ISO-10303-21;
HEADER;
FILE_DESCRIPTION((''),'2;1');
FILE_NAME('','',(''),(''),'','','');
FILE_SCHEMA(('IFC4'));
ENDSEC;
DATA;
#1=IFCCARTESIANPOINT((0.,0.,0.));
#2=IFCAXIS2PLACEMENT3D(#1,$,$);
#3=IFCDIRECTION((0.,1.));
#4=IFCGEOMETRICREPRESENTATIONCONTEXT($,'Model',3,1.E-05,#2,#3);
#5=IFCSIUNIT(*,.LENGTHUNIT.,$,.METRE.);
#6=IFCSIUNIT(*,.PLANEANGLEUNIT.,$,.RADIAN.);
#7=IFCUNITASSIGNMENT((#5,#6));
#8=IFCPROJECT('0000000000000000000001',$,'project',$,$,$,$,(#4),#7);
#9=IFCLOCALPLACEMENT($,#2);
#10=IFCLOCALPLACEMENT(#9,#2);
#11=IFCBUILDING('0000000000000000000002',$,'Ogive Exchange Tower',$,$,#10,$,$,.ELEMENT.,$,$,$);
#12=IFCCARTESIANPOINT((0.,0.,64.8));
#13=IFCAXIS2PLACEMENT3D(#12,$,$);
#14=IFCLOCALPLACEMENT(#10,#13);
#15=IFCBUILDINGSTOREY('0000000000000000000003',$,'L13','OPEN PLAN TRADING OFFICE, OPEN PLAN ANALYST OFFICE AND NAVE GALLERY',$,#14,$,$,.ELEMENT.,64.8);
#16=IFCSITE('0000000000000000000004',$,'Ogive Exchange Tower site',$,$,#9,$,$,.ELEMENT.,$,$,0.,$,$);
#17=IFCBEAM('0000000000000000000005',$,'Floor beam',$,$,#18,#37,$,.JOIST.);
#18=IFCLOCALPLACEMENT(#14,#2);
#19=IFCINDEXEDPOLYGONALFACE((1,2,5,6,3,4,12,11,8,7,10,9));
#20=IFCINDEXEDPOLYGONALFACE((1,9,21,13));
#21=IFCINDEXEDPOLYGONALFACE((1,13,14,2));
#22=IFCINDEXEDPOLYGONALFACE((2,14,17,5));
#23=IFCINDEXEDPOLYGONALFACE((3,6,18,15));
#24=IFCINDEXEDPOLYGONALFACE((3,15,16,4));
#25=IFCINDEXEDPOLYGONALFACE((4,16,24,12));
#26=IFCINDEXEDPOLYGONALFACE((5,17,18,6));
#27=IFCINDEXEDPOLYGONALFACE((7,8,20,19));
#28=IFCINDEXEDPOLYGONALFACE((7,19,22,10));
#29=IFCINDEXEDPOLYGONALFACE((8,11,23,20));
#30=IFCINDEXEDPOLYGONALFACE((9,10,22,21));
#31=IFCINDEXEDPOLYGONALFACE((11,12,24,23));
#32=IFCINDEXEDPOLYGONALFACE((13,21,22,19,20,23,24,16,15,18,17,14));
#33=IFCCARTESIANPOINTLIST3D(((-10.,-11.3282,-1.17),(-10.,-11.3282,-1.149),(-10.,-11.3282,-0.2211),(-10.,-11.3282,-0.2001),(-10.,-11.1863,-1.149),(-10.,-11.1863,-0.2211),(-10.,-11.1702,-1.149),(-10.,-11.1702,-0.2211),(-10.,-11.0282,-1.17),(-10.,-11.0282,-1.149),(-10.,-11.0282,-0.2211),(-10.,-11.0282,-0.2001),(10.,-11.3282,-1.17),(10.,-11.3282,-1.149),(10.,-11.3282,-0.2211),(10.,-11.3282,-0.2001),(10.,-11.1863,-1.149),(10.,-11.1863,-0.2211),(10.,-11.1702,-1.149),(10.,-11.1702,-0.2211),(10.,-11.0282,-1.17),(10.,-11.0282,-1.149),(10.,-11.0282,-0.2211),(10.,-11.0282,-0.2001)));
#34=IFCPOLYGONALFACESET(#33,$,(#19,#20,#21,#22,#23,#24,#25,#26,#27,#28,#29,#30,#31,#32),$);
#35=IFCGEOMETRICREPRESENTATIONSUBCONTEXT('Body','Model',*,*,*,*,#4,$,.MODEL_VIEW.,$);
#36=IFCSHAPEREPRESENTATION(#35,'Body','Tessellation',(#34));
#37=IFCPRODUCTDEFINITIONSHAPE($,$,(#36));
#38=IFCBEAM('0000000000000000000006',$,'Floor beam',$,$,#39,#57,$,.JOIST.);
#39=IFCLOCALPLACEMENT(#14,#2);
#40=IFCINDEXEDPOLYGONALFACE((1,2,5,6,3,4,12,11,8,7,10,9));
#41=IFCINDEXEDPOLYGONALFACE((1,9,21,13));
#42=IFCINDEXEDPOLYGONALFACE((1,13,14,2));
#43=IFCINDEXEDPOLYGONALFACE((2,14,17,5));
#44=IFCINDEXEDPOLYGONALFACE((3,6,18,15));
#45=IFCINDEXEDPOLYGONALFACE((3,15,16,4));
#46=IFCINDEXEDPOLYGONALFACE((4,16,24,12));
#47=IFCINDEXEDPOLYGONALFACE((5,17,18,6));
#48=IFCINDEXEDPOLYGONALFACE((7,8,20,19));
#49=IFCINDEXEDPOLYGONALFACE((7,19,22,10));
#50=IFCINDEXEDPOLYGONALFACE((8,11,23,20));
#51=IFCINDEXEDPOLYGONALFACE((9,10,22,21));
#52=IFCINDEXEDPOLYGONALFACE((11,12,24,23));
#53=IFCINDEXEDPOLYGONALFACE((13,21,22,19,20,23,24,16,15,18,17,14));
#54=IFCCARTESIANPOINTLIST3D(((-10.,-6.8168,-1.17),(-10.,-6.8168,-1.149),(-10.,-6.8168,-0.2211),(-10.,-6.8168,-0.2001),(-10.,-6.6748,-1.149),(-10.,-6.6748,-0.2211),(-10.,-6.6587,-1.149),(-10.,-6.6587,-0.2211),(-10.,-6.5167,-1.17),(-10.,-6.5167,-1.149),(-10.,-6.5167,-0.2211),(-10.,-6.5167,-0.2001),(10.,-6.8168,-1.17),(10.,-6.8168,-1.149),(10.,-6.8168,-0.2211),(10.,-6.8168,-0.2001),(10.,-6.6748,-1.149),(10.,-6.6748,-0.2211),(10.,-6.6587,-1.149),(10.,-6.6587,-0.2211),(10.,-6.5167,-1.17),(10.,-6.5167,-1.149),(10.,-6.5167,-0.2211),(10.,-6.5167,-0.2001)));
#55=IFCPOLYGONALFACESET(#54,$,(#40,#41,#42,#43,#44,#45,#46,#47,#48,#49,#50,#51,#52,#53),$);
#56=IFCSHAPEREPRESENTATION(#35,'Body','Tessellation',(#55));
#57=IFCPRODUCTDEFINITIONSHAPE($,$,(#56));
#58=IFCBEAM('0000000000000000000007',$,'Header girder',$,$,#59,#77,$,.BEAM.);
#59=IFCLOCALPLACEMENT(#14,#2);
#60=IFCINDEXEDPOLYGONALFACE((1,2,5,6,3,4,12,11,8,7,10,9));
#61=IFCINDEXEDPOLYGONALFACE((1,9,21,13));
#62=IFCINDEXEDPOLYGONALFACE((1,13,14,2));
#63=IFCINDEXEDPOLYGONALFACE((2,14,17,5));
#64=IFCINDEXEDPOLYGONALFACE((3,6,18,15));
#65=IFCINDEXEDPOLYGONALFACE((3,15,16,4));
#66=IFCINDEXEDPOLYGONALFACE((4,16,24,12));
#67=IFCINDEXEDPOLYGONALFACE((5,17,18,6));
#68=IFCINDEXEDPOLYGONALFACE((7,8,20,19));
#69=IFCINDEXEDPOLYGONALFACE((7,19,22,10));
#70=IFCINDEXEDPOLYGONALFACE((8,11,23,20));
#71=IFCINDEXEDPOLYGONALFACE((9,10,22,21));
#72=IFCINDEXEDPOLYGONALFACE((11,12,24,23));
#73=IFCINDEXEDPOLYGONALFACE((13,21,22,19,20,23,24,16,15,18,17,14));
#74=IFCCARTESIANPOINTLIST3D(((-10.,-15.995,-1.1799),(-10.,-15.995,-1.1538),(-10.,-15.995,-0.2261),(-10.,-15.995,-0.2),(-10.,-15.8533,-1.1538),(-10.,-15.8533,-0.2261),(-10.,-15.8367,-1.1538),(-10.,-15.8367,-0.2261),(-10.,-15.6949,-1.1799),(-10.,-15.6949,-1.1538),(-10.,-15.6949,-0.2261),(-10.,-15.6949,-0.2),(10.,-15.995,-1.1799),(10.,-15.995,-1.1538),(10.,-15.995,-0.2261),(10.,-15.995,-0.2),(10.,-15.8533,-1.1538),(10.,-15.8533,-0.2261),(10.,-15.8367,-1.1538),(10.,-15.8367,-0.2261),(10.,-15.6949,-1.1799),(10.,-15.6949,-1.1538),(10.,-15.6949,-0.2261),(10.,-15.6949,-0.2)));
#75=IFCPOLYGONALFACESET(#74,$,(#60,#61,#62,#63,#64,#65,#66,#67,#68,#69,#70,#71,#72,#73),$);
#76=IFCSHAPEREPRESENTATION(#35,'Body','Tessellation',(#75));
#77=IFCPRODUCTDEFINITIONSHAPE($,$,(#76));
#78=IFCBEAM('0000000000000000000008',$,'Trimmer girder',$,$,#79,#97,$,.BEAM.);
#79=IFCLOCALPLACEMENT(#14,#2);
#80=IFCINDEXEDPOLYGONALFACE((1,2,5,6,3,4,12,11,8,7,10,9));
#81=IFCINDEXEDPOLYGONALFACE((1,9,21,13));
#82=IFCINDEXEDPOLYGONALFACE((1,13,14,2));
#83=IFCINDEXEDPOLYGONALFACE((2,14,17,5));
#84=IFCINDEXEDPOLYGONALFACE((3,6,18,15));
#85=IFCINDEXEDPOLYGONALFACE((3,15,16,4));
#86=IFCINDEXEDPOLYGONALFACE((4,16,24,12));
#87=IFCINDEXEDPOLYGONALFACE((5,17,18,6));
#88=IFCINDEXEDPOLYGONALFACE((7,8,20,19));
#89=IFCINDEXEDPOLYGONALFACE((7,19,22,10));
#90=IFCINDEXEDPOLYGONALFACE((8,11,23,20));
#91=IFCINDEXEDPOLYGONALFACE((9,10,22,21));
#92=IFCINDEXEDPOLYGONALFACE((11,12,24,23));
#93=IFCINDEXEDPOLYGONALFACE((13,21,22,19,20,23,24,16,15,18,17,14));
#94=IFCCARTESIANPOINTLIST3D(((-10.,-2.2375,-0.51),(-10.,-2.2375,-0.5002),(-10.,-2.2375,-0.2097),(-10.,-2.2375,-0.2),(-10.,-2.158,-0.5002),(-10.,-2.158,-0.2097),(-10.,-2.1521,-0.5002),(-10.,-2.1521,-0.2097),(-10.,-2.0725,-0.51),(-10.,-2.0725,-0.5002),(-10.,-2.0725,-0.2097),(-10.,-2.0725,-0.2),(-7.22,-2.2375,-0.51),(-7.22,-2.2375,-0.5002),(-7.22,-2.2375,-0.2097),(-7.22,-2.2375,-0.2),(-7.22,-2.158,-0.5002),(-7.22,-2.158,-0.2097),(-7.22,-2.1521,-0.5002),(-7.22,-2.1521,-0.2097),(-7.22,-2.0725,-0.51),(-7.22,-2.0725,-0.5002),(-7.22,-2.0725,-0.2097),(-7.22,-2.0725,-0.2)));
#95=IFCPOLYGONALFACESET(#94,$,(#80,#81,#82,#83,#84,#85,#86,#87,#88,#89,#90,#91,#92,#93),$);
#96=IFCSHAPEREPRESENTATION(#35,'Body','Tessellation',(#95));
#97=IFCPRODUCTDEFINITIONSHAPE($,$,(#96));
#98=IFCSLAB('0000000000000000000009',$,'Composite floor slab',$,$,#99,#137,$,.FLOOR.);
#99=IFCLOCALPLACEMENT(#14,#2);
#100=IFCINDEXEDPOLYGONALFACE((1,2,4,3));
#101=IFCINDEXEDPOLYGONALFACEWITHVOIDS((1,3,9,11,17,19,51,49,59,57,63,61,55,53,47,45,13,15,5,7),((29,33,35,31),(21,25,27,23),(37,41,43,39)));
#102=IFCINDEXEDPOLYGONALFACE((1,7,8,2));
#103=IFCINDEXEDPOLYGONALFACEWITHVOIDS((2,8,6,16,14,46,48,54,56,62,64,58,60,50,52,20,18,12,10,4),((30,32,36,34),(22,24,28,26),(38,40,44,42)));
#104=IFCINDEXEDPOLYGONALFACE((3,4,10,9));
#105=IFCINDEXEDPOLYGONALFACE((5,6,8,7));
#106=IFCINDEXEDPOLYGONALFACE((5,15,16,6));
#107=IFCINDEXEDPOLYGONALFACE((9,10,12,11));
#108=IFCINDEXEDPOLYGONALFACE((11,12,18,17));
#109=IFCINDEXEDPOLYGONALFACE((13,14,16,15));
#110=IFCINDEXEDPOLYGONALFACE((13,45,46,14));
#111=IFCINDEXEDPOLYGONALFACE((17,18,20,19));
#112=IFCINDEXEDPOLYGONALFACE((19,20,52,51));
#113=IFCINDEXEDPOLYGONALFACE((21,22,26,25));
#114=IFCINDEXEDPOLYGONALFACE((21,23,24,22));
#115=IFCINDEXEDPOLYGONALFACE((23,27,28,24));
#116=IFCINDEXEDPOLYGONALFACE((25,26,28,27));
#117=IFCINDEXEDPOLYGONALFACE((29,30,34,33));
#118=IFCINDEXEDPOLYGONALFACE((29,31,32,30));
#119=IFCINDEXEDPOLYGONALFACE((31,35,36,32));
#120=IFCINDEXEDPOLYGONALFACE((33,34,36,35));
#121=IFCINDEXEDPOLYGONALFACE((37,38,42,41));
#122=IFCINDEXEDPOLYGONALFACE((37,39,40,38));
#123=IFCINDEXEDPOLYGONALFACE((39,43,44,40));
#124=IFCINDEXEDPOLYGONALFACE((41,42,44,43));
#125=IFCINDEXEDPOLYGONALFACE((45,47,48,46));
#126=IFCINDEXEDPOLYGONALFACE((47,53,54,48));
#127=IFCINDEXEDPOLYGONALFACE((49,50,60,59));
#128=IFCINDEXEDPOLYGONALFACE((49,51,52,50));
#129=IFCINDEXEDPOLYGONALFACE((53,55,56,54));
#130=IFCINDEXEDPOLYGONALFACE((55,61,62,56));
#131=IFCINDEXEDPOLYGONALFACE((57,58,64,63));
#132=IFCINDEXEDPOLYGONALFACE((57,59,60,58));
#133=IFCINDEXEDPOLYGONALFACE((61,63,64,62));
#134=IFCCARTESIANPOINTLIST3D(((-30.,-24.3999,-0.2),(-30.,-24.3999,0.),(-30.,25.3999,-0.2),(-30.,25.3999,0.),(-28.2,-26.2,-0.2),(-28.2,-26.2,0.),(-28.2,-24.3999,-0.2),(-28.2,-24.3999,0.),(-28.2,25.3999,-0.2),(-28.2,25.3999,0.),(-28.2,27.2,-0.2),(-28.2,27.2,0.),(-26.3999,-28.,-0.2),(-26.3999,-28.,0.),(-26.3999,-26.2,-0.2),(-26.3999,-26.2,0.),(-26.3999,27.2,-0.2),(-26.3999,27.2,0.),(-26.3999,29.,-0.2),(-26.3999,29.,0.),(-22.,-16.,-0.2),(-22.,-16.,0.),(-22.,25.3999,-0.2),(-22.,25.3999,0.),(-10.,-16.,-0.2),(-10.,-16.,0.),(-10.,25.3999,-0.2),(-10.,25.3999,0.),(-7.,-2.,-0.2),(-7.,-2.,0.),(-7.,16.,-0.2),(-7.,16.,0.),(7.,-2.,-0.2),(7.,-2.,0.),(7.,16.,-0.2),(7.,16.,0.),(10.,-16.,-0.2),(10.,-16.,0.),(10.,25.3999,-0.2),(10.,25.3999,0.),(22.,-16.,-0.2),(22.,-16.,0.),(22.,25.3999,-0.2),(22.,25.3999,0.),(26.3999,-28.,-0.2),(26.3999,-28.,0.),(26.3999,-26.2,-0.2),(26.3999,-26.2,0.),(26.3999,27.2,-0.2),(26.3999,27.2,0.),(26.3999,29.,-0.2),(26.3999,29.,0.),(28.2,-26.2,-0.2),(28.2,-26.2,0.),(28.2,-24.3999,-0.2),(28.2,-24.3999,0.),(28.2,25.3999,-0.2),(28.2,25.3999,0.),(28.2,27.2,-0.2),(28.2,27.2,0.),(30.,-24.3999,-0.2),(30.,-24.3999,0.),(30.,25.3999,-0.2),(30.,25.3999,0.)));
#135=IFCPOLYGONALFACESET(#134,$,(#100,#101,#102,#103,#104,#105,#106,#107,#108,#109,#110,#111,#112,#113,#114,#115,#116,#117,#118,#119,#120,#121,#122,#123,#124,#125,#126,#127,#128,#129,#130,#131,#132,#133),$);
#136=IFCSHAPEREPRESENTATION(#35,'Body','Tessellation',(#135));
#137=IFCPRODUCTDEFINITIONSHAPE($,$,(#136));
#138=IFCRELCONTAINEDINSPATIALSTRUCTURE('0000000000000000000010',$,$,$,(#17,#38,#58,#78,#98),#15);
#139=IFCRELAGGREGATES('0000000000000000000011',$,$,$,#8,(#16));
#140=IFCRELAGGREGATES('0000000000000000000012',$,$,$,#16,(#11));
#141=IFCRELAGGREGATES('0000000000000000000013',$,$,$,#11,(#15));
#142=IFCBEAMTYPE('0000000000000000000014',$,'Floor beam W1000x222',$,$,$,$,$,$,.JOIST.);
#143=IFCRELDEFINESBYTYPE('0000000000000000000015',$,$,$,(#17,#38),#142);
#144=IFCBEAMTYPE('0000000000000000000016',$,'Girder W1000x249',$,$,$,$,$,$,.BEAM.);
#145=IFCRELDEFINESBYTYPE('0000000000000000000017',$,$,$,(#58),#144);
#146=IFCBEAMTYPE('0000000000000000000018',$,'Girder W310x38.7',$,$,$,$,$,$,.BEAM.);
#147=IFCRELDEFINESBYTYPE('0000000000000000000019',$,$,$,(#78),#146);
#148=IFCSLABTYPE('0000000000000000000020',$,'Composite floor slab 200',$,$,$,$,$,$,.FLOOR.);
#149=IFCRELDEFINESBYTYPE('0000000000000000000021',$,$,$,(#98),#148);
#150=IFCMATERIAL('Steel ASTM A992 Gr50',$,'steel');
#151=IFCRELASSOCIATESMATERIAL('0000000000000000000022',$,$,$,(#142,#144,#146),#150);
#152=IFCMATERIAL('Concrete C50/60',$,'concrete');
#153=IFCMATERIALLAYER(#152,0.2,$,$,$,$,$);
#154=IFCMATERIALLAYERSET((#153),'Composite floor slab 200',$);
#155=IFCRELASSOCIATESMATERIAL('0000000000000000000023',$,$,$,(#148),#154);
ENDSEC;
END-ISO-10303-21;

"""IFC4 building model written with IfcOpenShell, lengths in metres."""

from ifc_helpers import new_model, si_unit, direction, frame, origin, origin_2d, place, context, subcontext, project, spatial, polyline, i_section, outline, extrude, material, layer, layer_set, material_profile, profile_set, type_object, element, save


model = new_model("IFC4")

# Units and contexts
model_context = context("Model", 3, precision=1e-05, world=origin(), true_north=direction((0.0, 1.0)))
body_context = subcontext(model_context, "Body", "Model", "MODEL_VIEW")
ifc_project = project(units=[si_unit("LENGTHUNIT", "METRE"), si_unit("PLANEANGLEUNIT", "RADIAN")], contexts=[model_context])

# Site, building, storey
site_placement = place(None, origin())
site = spatial("IfcSite", under=ifc_project, at=site_placement, Name="Ogive Exchange Tower site", CompositionType="ELEMENT", RefElevation=0.0)
building_placement = place(site_placement, origin())
building = spatial("IfcBuilding", under=site, at=building_placement, Name="Ogive Exchange Tower", CompositionType="ELEMENT")
storey_placement = place(building_placement, frame((0.0, 0.0, 64.8)))
storey = spatial("IfcBuildingStorey", under=building, at=storey_placement, Name="L13", Description="OPEN PLAN TRADING OFFICE, OPEN PLAN ANALYST OFFICE AND NAVE GALLERY", CompositionType="ELEMENT", Elevation=64.8)

# Beams
ifc_material_1 = material(Name="Steel ASTM A992 Gr50", Category="steel")
ifc_material_profile_1 = material_profile(ifc_material_1, i_section(OverallWidth=0.3, OverallDepth=0.97, WebThickness=0.0161, FlangeThickness=0.021, at=origin_2d()), Name="W1000x222")
ifc_profile_set_1 = profile_set([ifc_material_profile_1], Name="Steel ASTM A992 Gr50")
beam_type_1 = type_object("IfcBeamType", Name="Floor beam W1000x222", PredefinedType="JOIST", material=ifc_profile_set_1)
for number, where, z_axis, x_axis, name in (
    (1, (-10.0, -11.1782, -0.6851), (1.0, 0.0, 0.0), (0.0, 1.0, 0.0), "Floor beam"),
    (2, (-10.0, -6.6667, -0.6851), (1.0, 0.0, 0.0), (0.0, 1.0, 0.0), "Floor beam"),
):
    element("IfcBeam", number, at=place(storey_placement, frame(where, z_axis=z_axis, x_axis=x_axis)), inside=storey, type_object=beam_type_1, Name=name, PredefinedType="JOIST", context=body_context, shape_type="SweptSolid", body=[
        extrude(i_section(OverallWidth=0.3, OverallDepth=0.97, WebThickness=0.0161, FlangeThickness=0.021, at=origin_2d()), origin(), (0.0, 0.0, 1.0), 20.0),
    ])
ifc_material_profile_2 = material_profile(ifc_material_1, i_section(OverallWidth=0.3, OverallDepth=0.98, WebThickness=0.0166, FlangeThickness=0.0261, at=origin_2d()), Name="W1000x249")
ifc_profile_set_2 = profile_set([ifc_material_profile_2], Name="Steel ASTM A992 Gr50")
beam_type_2 = type_object("IfcBeamType", Name="Girder W1000x249", PredefinedType="BEAM", material=ifc_profile_set_2)
beam_1_placement = place(storey_placement, frame((-10.0, -15.845, -0.6899), z_axis=(1.0, 0.0, 0.0), x_axis=(0.0, 1.0, 0.0)))
element("IfcBeam", 3, at=beam_1_placement, inside=storey, type_object=beam_type_2, Name="Header girder", PredefinedType="BEAM", context=body_context, shape_type="SweptSolid", body=[
    extrude(i_section(OverallWidth=0.3, OverallDepth=0.98, WebThickness=0.0166, FlangeThickness=0.0261, at=origin_2d()), origin(), (0.0, 0.0, 1.0), 20.0),
])
ifc_material_profile_3 = material_profile(ifc_material_1, i_section(OverallWidth=0.165, OverallDepth=0.3101, WebThickness=0.0059, FlangeThickness=0.0098, at=origin_2d()), Name="W310x38.7")
ifc_profile_set_3 = profile_set([ifc_material_profile_3], Name="Steel ASTM A992 Gr50")
beam_type_3 = type_object("IfcBeamType", Name="Girder W310x38.7", PredefinedType="BEAM", material=ifc_profile_set_3)
beam_2_placement = place(storey_placement, frame((-10.0, -2.155, -0.355), z_axis=(1.0, 0.0, 0.0), x_axis=(0.0, 1.0, 0.0)))
element("IfcBeam", 4, at=beam_2_placement, inside=storey, type_object=beam_type_3, Name="Trimmer girder", PredefinedType="BEAM", context=body_context, shape_type="SweptSolid", body=[
    extrude(i_section(OverallWidth=0.165, OverallDepth=0.3101, WebThickness=0.0059, FlangeThickness=0.0098, at=origin_2d()), origin(), (0.0, 0.0, 1.0), 2.78),
])

# Slab
ifc_material_2 = material(Name="Concrete C50/60", Category="concrete")
ifc_layer_1 = layer(ifc_material_2, 0.2)
ifc_layer_set_1 = layer_set([ifc_layer_1], Name="Composite floor slab 200")
slab_type_1 = type_object("IfcSlabType", Name="Composite floor slab 200", PredefinedType="FLOOR", material=ifc_layer_set_1)
slab_1_placement = place(storey_placement, frame((0.0, 0.0, -0.2)))
element("IfcSlab", 5, at=slab_1_placement, inside=storey, type_object=slab_type_1, Name="Composite floor slab", PredefinedType="FLOOR", context=body_context, shape_type="SweptSolid", body=[
    extrude(outline(polyline([(-26.3999, -26.2), (-28.2, -26.2), (-28.2, -24.3999), (-30.0, -24.3999), (-30.0, 25.3999), (-28.2, 25.3999), (-28.2, 27.2), (-26.3999, 27.2), (-26.3999, 29.0), (26.3999, 29.0), (26.3999, 27.2), (28.2, 27.2), (28.2, 25.3999), (30.0, 25.3999), (30.0, -24.3999), (28.2, -24.3999), (28.2, -26.2), (26.3999, -26.2), (26.3999, -28.0), (-26.3999, -28.0), (-26.3999, -26.2)]), holes=[polyline([(-10.0, -16.0), (-10.0, 25.3999), (-22.0, 25.3999), (-22.0, -16.0), (-10.0, -16.0)]), polyline([(10.0, -16.0), (22.0, -16.0), (22.0, 25.3999), (10.0, 25.3999), (10.0, -16.0)]), polyline([(-7.0, -2.0), (7.0, -2.0), (7.0, 16.0), (-7.0, 16.0), (-7.0, -2.0)])]), origin(), (0.0, 0.0, 1.0), 0.2),
])

save(model, "model.ifc")
